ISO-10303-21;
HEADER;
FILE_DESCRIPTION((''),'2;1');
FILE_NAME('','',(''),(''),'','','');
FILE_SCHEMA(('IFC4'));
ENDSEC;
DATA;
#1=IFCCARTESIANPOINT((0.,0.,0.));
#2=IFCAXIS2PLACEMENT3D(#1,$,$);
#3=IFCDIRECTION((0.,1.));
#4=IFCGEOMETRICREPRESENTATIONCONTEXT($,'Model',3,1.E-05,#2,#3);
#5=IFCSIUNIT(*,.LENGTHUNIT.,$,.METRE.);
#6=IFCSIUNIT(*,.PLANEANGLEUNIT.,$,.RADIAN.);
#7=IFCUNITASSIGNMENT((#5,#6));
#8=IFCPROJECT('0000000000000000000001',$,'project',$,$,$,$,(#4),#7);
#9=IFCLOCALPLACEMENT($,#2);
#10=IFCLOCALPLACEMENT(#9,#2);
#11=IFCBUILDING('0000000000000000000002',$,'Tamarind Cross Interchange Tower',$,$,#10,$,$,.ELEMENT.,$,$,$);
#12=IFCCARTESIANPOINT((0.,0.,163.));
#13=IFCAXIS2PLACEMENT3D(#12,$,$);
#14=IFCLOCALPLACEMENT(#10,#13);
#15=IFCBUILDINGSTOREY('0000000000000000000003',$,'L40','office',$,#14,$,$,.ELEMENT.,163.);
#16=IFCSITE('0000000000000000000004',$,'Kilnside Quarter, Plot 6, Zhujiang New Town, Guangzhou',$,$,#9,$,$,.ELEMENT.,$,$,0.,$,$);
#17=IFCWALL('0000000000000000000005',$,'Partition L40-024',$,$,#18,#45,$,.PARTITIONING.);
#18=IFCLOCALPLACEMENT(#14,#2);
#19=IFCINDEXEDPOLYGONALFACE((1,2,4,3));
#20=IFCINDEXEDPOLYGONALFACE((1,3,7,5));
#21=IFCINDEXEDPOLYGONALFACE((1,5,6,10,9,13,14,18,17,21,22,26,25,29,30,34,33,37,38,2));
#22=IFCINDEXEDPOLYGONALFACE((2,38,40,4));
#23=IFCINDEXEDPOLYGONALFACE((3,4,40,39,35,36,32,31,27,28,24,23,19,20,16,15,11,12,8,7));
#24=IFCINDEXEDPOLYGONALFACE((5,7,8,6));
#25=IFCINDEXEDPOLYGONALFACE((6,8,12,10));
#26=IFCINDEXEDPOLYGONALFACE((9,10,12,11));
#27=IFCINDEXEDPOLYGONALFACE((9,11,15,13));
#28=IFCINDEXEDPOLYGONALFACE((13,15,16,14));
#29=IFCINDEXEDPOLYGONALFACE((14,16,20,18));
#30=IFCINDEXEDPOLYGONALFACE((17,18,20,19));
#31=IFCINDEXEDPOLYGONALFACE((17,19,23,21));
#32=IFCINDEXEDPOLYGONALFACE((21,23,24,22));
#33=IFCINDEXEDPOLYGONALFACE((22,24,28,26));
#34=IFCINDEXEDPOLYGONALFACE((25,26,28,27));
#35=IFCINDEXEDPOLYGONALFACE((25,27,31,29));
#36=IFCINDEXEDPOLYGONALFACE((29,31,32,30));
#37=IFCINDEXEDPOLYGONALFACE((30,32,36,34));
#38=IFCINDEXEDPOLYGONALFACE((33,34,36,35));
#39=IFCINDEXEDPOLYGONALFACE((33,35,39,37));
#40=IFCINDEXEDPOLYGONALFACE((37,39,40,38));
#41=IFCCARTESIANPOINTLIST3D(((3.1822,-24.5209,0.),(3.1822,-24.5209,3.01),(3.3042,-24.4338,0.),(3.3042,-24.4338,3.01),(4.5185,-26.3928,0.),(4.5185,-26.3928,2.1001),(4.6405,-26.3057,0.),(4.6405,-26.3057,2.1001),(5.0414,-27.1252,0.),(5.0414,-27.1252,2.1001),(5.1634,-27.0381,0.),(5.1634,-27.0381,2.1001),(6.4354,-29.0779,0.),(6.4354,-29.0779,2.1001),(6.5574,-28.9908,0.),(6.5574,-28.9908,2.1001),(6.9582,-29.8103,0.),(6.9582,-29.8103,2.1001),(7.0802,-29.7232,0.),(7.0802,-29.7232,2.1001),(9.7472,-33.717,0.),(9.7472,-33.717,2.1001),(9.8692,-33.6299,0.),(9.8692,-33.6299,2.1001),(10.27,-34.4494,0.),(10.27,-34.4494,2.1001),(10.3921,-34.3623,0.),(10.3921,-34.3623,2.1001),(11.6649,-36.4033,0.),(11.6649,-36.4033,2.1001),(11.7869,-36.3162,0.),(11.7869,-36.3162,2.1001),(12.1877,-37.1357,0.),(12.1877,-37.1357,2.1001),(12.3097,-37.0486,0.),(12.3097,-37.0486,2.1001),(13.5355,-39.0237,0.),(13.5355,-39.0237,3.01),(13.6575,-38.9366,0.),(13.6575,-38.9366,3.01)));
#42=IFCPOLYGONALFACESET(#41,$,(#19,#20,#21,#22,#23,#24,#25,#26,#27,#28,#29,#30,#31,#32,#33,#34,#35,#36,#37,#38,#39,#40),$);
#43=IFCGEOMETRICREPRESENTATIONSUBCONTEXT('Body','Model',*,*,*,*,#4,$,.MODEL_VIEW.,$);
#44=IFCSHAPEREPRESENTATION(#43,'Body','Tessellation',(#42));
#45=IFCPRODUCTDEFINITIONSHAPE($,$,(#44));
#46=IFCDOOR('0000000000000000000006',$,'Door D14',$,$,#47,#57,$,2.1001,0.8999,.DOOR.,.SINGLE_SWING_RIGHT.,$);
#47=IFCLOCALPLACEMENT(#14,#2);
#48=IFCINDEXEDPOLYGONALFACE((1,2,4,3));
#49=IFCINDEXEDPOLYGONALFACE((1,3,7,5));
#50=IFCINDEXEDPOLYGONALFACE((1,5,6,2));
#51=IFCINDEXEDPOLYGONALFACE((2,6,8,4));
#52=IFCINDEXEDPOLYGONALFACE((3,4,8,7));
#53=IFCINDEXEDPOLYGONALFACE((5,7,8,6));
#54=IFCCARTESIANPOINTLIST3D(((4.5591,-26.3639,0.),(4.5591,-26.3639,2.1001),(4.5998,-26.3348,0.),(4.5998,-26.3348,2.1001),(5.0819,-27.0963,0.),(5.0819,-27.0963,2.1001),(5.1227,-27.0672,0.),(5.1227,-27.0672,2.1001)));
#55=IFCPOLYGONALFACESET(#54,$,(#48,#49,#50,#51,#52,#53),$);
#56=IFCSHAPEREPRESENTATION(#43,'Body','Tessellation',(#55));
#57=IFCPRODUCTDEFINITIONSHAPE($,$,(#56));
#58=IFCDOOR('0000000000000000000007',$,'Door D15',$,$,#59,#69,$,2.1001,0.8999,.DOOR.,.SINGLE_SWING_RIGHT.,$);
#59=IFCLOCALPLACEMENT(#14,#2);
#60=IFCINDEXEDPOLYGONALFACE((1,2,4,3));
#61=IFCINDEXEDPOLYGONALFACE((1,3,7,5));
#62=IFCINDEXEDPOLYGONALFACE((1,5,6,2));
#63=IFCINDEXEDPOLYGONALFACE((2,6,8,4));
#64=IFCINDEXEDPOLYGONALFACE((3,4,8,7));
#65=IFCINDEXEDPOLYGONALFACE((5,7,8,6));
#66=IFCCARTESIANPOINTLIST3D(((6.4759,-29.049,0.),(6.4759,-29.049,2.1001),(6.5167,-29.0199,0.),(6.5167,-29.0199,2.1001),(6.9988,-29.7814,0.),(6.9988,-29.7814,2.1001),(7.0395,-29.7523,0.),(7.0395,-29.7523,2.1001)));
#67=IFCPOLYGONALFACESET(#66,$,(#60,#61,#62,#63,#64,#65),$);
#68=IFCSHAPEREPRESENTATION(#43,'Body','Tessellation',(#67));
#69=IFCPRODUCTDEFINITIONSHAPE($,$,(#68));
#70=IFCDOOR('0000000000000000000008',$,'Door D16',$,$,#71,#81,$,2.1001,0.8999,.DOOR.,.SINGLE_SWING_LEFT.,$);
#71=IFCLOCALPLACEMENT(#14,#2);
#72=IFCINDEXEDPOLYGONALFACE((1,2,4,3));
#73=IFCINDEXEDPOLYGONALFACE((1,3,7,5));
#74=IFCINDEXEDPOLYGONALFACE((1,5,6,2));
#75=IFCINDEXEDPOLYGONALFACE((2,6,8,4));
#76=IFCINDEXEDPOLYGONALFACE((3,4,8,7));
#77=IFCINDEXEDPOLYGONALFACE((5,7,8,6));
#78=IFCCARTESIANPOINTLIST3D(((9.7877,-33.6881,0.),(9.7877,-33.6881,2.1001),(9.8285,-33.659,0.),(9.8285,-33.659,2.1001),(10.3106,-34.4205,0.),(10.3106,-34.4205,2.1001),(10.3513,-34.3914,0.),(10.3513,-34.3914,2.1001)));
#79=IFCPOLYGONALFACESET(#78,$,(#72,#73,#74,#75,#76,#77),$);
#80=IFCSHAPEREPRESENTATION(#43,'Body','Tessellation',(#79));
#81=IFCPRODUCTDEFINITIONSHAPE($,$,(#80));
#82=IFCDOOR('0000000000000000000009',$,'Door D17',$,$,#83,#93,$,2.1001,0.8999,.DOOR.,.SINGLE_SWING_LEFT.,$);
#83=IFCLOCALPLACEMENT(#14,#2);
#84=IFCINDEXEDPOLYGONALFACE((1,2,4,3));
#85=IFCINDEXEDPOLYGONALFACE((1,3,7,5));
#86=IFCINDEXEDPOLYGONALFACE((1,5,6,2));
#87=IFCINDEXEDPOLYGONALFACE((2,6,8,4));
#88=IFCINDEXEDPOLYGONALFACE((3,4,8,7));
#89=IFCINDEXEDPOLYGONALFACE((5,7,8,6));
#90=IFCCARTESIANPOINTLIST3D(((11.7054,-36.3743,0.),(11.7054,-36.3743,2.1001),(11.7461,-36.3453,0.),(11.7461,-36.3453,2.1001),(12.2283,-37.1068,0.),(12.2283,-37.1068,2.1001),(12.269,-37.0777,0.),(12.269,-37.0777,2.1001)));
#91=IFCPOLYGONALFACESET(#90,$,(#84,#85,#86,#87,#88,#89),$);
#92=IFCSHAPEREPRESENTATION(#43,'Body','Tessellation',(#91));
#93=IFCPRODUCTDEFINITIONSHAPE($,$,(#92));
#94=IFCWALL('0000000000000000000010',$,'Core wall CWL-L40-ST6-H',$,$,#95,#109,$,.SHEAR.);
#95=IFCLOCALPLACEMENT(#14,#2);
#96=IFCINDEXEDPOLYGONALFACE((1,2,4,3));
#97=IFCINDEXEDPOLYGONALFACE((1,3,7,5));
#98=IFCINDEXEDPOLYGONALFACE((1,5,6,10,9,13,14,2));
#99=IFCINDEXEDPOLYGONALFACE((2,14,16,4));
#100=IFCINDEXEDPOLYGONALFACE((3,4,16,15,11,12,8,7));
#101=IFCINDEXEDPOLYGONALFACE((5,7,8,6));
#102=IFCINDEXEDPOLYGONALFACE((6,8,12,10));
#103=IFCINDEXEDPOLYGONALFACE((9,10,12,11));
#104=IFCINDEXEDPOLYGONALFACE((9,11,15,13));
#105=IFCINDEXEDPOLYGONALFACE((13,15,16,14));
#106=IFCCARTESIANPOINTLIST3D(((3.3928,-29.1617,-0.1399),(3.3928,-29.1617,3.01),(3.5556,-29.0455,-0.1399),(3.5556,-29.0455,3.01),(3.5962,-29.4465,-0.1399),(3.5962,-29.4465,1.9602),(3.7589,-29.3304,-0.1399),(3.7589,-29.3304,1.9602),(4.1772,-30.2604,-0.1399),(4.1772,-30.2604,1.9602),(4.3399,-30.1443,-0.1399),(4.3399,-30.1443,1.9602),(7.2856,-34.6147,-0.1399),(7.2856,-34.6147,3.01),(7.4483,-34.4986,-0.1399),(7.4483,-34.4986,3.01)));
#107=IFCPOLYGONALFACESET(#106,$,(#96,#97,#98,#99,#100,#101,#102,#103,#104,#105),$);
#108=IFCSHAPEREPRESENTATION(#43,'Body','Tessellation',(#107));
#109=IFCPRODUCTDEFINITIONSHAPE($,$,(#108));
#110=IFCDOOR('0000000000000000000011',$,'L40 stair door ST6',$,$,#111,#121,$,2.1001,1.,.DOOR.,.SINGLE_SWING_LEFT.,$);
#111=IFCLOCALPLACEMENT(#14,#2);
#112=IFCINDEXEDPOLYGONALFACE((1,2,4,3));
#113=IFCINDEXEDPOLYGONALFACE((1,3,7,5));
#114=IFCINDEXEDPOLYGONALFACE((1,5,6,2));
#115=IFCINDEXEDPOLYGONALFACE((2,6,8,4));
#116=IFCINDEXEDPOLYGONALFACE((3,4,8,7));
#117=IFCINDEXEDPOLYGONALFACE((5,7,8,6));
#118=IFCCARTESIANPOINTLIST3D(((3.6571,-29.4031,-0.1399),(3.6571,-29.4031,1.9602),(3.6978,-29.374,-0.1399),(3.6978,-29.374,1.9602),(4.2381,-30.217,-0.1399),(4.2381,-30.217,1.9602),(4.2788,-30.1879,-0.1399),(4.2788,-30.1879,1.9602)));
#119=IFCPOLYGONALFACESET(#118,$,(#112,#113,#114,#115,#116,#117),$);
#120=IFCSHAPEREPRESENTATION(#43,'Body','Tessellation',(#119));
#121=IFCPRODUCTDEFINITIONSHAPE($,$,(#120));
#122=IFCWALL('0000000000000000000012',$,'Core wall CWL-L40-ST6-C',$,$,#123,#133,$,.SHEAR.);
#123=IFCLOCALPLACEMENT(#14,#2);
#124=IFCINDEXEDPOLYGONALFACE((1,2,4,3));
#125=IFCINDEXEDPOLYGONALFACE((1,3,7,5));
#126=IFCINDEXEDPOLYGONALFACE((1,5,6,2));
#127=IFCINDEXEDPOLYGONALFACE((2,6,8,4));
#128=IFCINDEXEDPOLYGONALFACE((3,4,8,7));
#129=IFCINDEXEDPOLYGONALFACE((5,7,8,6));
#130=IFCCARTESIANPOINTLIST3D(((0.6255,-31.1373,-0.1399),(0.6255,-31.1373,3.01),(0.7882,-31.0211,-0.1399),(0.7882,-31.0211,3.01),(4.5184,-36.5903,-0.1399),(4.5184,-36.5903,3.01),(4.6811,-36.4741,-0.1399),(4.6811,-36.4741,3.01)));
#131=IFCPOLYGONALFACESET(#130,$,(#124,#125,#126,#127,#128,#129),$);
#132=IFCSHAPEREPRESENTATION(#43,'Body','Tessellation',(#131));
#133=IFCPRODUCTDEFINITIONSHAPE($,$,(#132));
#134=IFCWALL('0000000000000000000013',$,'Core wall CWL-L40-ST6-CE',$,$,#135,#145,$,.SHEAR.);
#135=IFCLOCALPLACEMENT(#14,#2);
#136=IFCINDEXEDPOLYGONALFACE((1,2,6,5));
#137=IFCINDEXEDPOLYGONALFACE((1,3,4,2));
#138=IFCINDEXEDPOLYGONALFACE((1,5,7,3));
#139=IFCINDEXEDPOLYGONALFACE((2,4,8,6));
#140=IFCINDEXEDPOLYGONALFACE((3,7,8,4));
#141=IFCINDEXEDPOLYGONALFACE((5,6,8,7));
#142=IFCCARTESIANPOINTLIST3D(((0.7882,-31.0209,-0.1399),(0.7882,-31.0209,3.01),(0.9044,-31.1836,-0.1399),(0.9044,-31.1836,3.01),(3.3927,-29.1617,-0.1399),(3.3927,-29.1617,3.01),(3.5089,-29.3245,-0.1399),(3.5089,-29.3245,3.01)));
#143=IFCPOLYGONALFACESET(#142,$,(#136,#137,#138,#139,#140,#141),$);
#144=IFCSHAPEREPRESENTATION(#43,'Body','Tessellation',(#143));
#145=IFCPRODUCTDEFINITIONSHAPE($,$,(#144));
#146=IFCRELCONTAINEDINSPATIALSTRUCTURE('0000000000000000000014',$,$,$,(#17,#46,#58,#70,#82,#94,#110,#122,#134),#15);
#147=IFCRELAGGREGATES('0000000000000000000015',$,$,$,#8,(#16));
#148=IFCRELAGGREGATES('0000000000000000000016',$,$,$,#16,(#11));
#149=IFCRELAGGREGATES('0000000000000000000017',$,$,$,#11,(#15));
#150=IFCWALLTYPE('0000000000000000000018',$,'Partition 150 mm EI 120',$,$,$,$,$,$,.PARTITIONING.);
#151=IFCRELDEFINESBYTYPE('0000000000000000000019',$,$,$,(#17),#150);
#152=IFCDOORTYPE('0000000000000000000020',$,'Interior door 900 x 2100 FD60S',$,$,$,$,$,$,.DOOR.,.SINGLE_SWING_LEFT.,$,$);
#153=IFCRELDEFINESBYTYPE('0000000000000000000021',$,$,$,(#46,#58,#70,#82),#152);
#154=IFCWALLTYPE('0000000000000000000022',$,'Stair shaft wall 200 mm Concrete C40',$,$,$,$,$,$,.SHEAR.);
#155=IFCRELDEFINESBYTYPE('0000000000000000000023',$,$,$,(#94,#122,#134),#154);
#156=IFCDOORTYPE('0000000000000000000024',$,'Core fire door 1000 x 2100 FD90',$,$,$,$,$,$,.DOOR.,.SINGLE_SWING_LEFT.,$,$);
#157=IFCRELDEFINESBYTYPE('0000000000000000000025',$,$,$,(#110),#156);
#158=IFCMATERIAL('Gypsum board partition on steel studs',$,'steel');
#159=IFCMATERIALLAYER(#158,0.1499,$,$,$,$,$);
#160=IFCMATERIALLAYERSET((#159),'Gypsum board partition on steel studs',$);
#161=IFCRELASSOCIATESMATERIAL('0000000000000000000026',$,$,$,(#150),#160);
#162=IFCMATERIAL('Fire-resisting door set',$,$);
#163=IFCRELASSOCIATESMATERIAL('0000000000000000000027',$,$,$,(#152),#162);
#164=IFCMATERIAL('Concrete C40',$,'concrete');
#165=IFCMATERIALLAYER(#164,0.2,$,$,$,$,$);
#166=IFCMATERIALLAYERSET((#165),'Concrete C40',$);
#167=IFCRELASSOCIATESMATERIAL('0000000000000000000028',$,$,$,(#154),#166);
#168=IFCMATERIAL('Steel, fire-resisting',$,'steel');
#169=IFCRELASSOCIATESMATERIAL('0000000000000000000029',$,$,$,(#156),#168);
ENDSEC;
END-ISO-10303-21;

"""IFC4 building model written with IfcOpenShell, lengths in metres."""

from ifc_helpers import new_model, si_unit, direction, frame, frame_2d, origin, place, context, subcontext, project, spatial, rectangle, extrude, material, layer, layer_set, type_object, element, fill, save


model = new_model("IFC4")

# Units and contexts
model_context = context("Model", 3, precision=1e-05, world=origin(), true_north=direction((0.0, 1.0)))
body_context = subcontext(model_context, "Body", "Model", "MODEL_VIEW")
ifc_project = project(units=[si_unit("LENGTHUNIT", "METRE"), si_unit("PLANEANGLEUNIT", "RADIAN")], contexts=[model_context])

# Site, building, storey
site_placement = place(None, origin())
site = spatial("IfcSite", under=ifc_project, at=site_placement, Name="Kilnside Quarter, Plot 6, Zhujiang New Town, Guangzhou", CompositionType="ELEMENT", RefElevation=0.0)
building_placement = place(site_placement, origin())
building = spatial("IfcBuilding", under=site, at=building_placement, Name="Tamarind Cross Interchange Tower", CompositionType="ELEMENT")
storey_placement = place(building_placement, frame((0.0, 0.0, 163.0)))
storey = spatial("IfcBuildingStorey", under=building, at=storey_placement, Name="L40", Description="office", CompositionType="ELEMENT", Elevation=163.0)

# Shared definitions
ifc_material_1 = material(Name="Gypsum board partition on steel studs", Category="steel")
ifc_layer_1 = layer(ifc_material_1, 0.1499)
ifc_layer_set_1 = layer_set([ifc_layer_1], Name="Gypsum board partition on steel studs")
wall_type_1 = type_object("IfcWallType", Name="Partition 150 mm EI 120", PredefinedType="PARTITIONING", material=ifc_layer_set_1)
ifc_material_2 = material(Name="Fire-resisting door set")
door_type_1 = type_object("IfcDoorType", Name="Interior door 900 x 2100 FD60S", OperationType="SINGLE_SWING_LEFT", PredefinedType="DOOR", material=ifc_material_2)

# Wall, openings, doors
wall_1_placement = place(storey_placement, frame((3.2432, -24.4773, 0.0), z_axis=(0.0, 0.0, 1.0), x_axis=(0.581023, -0.813887, 0.0)))
wall_1 = element("IfcWall", 1, at=wall_1_placement, inside=storey, type_object=wall_type_1, Name="Partition L40-024", PredefinedType="PARTITIONING", context=body_context, shape_type="SweptSolid", body=[
    extrude(rectangle(XDim=17.8191, YDim=0.1499, at=frame_2d((8.9097, 0.0))), origin(), (0.0, 0.0, 1.0), 3.01),
])
opening_1_placement = place(wall_1_placement, frame((2.3, 0.0, 0.0)))
opening_1 = element("IfcOpeningElement", 2, at=opening_1_placement, cuts=wall_1, PredefinedType="OPENING", context=body_context, shape_type="SweptSolid", body=[
    extrude(rectangle(XDim=0.8999, YDim=2.1001, at=frame_2d((0.45, 1.05))), frame((0.0, 0.085, 0.0), z_axis=(0.0, -1.0, 0.0), x_axis=(1.0, 0.0, 0.0)), (0.0, 0.0, 1.0), 0.1699),
])
opening_2_placement = place(wall_1_placement, frame((5.5991, 0.0, 0.0)))
opening_2 = element("IfcOpeningElement", 3, at=opening_2_placement, cuts=wall_1, PredefinedType="OPENING", context=body_context, shape_type="SweptSolid", body=[
    extrude(rectangle(XDim=0.8999, YDim=2.1001, at=frame_2d((0.45, 1.05))), frame((0.0, 0.085, 0.0), z_axis=(0.0, -1.0, 0.0), x_axis=(1.0, 0.0, 0.0)), (0.0, 0.0, 1.0), 0.1699),
])
opening_3_placement = place(wall_1_placement, frame((11.2991, 0.0, 0.0)))
opening_3 = element("IfcOpeningElement", 4, at=opening_3_placement, cuts=wall_1, PredefinedType="OPENING", context=body_context, shape_type="SweptSolid", body=[
    extrude(rectangle(XDim=0.8999, YDim=2.1001, at=frame_2d((0.45, 1.05))), frame((0.0, 0.085, 0.0), z_axis=(0.0, -1.0, 0.0), x_axis=(1.0, 0.0, 0.0)), (0.0, 0.0, 1.0), 0.1699),
])
opening_4_placement = place(wall_1_placement, frame((14.5996, 0.0, 0.0)))
opening_4 = element("IfcOpeningElement", 5, at=opening_4_placement, cuts=wall_1, PredefinedType="OPENING", context=body_context, shape_type="SweptSolid", body=[
    extrude(rectangle(XDim=0.8999, YDim=2.1001, at=frame_2d((0.45, 1.05))), frame((0.0, 0.085, 0.0), z_axis=(0.0, -1.0, 0.0), x_axis=(1.0, 0.0, 0.0)), (0.0, 0.0, 1.0), 0.1699),
])
door_1_placement = place(opening_1_placement, origin())
door_1 = element("IfcDoor", 6, at=door_1_placement, inside=storey, type_object=door_type_1, Name="Door D14", OperationType="SINGLE_SWING_RIGHT", OverallHeight=2.1001, OverallWidth=0.8999, PredefinedType="DOOR", context=body_context, shape_type="SweptSolid", body=[
    extrude(rectangle(XDim=0.8999, YDim=2.1001, at=frame_2d((0.45, 1.05))), frame((0.0, 0.0249, 0.0), z_axis=(0.0, -1.0, 0.0), x_axis=(1.0, 0.0, 0.0)), (0.0, 0.0, 1.0), 0.05),
])
fill(opening_1, door_1)
door_2_placement = place(opening_2_placement, origin())
door_2 = element("IfcDoor", 7, at=door_2_placement, inside=storey, type_object=door_type_1, Name="Door D15", OperationType="SINGLE_SWING_RIGHT", OverallHeight=2.1001, OverallWidth=0.8999, PredefinedType="DOOR", context=body_context, shape_type="SweptSolid", body=[
    extrude(rectangle(XDim=0.8999, YDim=2.1001, at=frame_2d((0.45, 1.05))), frame((0.0, 0.0249, 0.0), z_axis=(0.0, -1.0, 0.0), x_axis=(1.0, 0.0, 0.0)), (0.0, 0.0, 1.0), 0.05),
])
fill(opening_2, door_2)
door_3_placement = place(opening_3_placement, origin())
door_3 = element("IfcDoor", 8, at=door_3_placement, inside=storey, type_object=door_type_1, Name="Door D16", OperationType="SINGLE_SWING_LEFT", OverallHeight=2.1001, OverallWidth=0.8999, PredefinedType="DOOR", context=body_context, shape_type="SweptSolid", body=[
    extrude(rectangle(XDim=0.8999, YDim=2.1001, at=frame_2d((0.45, 1.05))), frame((0.0, 0.0249, 0.0), z_axis=(0.0, -1.0, 0.0), x_axis=(1.0, 0.0, 0.0)), (0.0, 0.0, 1.0), 0.05),
])
fill(opening_3, door_3)
door_4_placement = place(opening_4_placement, origin())
door_4 = element("IfcDoor", 9, at=door_4_placement, inside=storey, type_object=door_type_1, Name="Door D17", OperationType="SINGLE_SWING_LEFT", OverallHeight=2.1001, OverallWidth=0.8999, PredefinedType="DOOR", context=body_context, shape_type="SweptSolid", body=[
    extrude(rectangle(XDim=0.8999, YDim=2.1001, at=frame_2d((0.45, 1.05))), frame((0.0, 0.0249, 0.0), z_axis=(0.0, -1.0, 0.0), x_axis=(1.0, 0.0, 0.0)), (0.0, 0.0, 1.0), 0.05),
])
fill(opening_4, door_4)

# Wall, opening, door
ifc_material_3 = material(Name="Concrete C40", Category="concrete")
ifc_layer_2 = layer(ifc_material_3, 0.2)
ifc_layer_set_2 = layer_set([ifc_layer_2], Name="Concrete C40")
wall_type_2 = type_object("IfcWallType", Name="Stair shaft wall 200 mm Concrete C40", PredefinedType="SHEAR", material=ifc_layer_set_2)
wall_2_placement = place(storey_placement, frame((3.4741, -29.1035, -0.1399), z_axis=(0.0, 0.0, 1.0), x_axis=(0.581014, -0.813893, 0.0)))
wall_2 = element("IfcWall", 10, at=wall_2_placement, inside=storey, type_object=wall_type_2, Name="Core wall CWL-L40-ST6-H", PredefinedType="SHEAR", context=body_context, shape_type="SweptSolid", body=[
    extrude(rectangle(XDim=6.7, YDim=0.2, at=frame_2d((3.3501, 0.0))), origin(), (0.0, 0.0, 1.0), 3.1499),
])
opening_5_placement = place(wall_2_placement, frame((0.3501, 0.0, 0.0)))
opening_5 = element("IfcOpeningElement", 11, at=opening_5_placement, cuts=wall_2, PredefinedType="OPENING", context=body_context, shape_type="SweptSolid", body=[
    extrude(rectangle(XDim=1.0, YDim=2.1001, at=frame_2d((0.5, 1.05))), frame((0.0, 0.1099, 0.0), z_axis=(0.0, -1.0, 0.0), x_axis=(1.0, 0.0, 0.0)), (0.0, 0.0, 1.0), 0.22),
])
ifc_material_4 = material(Name="Steel, fire-resisting", Category="steel")
door_type_2 = type_object("IfcDoorType", Name="Core fire door 1000 x 2100 FD90", OperationType="SINGLE_SWING_LEFT", PredefinedType="DOOR", material=ifc_material_4)
door_5_placement = place(opening_5_placement, origin())
door_5 = element("IfcDoor", 12, at=door_5_placement, inside=storey, type_object=door_type_2, Name="L40 stair door ST6", OperationType="SINGLE_SWING_LEFT", OverallHeight=2.1001, OverallWidth=1.0, PredefinedType="DOOR", context=body_context, shape_type="SweptSolid", body=[
    extrude(rectangle(XDim=1.0, YDim=2.1001, at=frame_2d((0.5, 1.05))), frame((0.0, 0.0249, 0.0), z_axis=(0.0, -1.0, 0.0), x_axis=(1.0, 0.0, 0.0)), (0.0, 0.0, 1.0), 0.05),
])
fill(opening_5, door_5)

# Walls
wall_3_placement = place(storey_placement, frame((0.7068, -31.0791, -0.1399), z_axis=(0.0, 0.0, 1.0), x_axis=(0.581031, -0.813881, 0.0)))
element("IfcWall", 13, at=wall_3_placement, inside=storey, type_object=wall_type_2, Name="Core wall CWL-L40-ST6-C", PredefinedType="SHEAR", context=body_context, shape_type="SweptSolid", body=[
    extrude(rectangle(XDim=6.7, YDim=0.2, at=frame_2d((3.3501, 0.0))), origin(), (0.0, 0.0, 1.0), 3.1499),
])
wall_4_placement = place(storey_placement, frame((0.8462, -31.1023, -0.1399), z_axis=(0.0, 0.0, 1.0), x_axis=(0.813914, 0.580986, 0.0)))
element("IfcWall", 14, at=wall_4_placement, inside=storey, type_object=wall_type_2, Name="Core wall CWL-L40-ST6-CE", PredefinedType="SHEAR", context=body_context, shape_type="SweptSolid", body=[
    extrude(rectangle(XDim=3.2, YDim=0.2, at=frame_2d((1.6001, 0.0))), origin(), (0.0, 0.0, 1.0), 3.1499),
])

save(model, "model.ifc")
